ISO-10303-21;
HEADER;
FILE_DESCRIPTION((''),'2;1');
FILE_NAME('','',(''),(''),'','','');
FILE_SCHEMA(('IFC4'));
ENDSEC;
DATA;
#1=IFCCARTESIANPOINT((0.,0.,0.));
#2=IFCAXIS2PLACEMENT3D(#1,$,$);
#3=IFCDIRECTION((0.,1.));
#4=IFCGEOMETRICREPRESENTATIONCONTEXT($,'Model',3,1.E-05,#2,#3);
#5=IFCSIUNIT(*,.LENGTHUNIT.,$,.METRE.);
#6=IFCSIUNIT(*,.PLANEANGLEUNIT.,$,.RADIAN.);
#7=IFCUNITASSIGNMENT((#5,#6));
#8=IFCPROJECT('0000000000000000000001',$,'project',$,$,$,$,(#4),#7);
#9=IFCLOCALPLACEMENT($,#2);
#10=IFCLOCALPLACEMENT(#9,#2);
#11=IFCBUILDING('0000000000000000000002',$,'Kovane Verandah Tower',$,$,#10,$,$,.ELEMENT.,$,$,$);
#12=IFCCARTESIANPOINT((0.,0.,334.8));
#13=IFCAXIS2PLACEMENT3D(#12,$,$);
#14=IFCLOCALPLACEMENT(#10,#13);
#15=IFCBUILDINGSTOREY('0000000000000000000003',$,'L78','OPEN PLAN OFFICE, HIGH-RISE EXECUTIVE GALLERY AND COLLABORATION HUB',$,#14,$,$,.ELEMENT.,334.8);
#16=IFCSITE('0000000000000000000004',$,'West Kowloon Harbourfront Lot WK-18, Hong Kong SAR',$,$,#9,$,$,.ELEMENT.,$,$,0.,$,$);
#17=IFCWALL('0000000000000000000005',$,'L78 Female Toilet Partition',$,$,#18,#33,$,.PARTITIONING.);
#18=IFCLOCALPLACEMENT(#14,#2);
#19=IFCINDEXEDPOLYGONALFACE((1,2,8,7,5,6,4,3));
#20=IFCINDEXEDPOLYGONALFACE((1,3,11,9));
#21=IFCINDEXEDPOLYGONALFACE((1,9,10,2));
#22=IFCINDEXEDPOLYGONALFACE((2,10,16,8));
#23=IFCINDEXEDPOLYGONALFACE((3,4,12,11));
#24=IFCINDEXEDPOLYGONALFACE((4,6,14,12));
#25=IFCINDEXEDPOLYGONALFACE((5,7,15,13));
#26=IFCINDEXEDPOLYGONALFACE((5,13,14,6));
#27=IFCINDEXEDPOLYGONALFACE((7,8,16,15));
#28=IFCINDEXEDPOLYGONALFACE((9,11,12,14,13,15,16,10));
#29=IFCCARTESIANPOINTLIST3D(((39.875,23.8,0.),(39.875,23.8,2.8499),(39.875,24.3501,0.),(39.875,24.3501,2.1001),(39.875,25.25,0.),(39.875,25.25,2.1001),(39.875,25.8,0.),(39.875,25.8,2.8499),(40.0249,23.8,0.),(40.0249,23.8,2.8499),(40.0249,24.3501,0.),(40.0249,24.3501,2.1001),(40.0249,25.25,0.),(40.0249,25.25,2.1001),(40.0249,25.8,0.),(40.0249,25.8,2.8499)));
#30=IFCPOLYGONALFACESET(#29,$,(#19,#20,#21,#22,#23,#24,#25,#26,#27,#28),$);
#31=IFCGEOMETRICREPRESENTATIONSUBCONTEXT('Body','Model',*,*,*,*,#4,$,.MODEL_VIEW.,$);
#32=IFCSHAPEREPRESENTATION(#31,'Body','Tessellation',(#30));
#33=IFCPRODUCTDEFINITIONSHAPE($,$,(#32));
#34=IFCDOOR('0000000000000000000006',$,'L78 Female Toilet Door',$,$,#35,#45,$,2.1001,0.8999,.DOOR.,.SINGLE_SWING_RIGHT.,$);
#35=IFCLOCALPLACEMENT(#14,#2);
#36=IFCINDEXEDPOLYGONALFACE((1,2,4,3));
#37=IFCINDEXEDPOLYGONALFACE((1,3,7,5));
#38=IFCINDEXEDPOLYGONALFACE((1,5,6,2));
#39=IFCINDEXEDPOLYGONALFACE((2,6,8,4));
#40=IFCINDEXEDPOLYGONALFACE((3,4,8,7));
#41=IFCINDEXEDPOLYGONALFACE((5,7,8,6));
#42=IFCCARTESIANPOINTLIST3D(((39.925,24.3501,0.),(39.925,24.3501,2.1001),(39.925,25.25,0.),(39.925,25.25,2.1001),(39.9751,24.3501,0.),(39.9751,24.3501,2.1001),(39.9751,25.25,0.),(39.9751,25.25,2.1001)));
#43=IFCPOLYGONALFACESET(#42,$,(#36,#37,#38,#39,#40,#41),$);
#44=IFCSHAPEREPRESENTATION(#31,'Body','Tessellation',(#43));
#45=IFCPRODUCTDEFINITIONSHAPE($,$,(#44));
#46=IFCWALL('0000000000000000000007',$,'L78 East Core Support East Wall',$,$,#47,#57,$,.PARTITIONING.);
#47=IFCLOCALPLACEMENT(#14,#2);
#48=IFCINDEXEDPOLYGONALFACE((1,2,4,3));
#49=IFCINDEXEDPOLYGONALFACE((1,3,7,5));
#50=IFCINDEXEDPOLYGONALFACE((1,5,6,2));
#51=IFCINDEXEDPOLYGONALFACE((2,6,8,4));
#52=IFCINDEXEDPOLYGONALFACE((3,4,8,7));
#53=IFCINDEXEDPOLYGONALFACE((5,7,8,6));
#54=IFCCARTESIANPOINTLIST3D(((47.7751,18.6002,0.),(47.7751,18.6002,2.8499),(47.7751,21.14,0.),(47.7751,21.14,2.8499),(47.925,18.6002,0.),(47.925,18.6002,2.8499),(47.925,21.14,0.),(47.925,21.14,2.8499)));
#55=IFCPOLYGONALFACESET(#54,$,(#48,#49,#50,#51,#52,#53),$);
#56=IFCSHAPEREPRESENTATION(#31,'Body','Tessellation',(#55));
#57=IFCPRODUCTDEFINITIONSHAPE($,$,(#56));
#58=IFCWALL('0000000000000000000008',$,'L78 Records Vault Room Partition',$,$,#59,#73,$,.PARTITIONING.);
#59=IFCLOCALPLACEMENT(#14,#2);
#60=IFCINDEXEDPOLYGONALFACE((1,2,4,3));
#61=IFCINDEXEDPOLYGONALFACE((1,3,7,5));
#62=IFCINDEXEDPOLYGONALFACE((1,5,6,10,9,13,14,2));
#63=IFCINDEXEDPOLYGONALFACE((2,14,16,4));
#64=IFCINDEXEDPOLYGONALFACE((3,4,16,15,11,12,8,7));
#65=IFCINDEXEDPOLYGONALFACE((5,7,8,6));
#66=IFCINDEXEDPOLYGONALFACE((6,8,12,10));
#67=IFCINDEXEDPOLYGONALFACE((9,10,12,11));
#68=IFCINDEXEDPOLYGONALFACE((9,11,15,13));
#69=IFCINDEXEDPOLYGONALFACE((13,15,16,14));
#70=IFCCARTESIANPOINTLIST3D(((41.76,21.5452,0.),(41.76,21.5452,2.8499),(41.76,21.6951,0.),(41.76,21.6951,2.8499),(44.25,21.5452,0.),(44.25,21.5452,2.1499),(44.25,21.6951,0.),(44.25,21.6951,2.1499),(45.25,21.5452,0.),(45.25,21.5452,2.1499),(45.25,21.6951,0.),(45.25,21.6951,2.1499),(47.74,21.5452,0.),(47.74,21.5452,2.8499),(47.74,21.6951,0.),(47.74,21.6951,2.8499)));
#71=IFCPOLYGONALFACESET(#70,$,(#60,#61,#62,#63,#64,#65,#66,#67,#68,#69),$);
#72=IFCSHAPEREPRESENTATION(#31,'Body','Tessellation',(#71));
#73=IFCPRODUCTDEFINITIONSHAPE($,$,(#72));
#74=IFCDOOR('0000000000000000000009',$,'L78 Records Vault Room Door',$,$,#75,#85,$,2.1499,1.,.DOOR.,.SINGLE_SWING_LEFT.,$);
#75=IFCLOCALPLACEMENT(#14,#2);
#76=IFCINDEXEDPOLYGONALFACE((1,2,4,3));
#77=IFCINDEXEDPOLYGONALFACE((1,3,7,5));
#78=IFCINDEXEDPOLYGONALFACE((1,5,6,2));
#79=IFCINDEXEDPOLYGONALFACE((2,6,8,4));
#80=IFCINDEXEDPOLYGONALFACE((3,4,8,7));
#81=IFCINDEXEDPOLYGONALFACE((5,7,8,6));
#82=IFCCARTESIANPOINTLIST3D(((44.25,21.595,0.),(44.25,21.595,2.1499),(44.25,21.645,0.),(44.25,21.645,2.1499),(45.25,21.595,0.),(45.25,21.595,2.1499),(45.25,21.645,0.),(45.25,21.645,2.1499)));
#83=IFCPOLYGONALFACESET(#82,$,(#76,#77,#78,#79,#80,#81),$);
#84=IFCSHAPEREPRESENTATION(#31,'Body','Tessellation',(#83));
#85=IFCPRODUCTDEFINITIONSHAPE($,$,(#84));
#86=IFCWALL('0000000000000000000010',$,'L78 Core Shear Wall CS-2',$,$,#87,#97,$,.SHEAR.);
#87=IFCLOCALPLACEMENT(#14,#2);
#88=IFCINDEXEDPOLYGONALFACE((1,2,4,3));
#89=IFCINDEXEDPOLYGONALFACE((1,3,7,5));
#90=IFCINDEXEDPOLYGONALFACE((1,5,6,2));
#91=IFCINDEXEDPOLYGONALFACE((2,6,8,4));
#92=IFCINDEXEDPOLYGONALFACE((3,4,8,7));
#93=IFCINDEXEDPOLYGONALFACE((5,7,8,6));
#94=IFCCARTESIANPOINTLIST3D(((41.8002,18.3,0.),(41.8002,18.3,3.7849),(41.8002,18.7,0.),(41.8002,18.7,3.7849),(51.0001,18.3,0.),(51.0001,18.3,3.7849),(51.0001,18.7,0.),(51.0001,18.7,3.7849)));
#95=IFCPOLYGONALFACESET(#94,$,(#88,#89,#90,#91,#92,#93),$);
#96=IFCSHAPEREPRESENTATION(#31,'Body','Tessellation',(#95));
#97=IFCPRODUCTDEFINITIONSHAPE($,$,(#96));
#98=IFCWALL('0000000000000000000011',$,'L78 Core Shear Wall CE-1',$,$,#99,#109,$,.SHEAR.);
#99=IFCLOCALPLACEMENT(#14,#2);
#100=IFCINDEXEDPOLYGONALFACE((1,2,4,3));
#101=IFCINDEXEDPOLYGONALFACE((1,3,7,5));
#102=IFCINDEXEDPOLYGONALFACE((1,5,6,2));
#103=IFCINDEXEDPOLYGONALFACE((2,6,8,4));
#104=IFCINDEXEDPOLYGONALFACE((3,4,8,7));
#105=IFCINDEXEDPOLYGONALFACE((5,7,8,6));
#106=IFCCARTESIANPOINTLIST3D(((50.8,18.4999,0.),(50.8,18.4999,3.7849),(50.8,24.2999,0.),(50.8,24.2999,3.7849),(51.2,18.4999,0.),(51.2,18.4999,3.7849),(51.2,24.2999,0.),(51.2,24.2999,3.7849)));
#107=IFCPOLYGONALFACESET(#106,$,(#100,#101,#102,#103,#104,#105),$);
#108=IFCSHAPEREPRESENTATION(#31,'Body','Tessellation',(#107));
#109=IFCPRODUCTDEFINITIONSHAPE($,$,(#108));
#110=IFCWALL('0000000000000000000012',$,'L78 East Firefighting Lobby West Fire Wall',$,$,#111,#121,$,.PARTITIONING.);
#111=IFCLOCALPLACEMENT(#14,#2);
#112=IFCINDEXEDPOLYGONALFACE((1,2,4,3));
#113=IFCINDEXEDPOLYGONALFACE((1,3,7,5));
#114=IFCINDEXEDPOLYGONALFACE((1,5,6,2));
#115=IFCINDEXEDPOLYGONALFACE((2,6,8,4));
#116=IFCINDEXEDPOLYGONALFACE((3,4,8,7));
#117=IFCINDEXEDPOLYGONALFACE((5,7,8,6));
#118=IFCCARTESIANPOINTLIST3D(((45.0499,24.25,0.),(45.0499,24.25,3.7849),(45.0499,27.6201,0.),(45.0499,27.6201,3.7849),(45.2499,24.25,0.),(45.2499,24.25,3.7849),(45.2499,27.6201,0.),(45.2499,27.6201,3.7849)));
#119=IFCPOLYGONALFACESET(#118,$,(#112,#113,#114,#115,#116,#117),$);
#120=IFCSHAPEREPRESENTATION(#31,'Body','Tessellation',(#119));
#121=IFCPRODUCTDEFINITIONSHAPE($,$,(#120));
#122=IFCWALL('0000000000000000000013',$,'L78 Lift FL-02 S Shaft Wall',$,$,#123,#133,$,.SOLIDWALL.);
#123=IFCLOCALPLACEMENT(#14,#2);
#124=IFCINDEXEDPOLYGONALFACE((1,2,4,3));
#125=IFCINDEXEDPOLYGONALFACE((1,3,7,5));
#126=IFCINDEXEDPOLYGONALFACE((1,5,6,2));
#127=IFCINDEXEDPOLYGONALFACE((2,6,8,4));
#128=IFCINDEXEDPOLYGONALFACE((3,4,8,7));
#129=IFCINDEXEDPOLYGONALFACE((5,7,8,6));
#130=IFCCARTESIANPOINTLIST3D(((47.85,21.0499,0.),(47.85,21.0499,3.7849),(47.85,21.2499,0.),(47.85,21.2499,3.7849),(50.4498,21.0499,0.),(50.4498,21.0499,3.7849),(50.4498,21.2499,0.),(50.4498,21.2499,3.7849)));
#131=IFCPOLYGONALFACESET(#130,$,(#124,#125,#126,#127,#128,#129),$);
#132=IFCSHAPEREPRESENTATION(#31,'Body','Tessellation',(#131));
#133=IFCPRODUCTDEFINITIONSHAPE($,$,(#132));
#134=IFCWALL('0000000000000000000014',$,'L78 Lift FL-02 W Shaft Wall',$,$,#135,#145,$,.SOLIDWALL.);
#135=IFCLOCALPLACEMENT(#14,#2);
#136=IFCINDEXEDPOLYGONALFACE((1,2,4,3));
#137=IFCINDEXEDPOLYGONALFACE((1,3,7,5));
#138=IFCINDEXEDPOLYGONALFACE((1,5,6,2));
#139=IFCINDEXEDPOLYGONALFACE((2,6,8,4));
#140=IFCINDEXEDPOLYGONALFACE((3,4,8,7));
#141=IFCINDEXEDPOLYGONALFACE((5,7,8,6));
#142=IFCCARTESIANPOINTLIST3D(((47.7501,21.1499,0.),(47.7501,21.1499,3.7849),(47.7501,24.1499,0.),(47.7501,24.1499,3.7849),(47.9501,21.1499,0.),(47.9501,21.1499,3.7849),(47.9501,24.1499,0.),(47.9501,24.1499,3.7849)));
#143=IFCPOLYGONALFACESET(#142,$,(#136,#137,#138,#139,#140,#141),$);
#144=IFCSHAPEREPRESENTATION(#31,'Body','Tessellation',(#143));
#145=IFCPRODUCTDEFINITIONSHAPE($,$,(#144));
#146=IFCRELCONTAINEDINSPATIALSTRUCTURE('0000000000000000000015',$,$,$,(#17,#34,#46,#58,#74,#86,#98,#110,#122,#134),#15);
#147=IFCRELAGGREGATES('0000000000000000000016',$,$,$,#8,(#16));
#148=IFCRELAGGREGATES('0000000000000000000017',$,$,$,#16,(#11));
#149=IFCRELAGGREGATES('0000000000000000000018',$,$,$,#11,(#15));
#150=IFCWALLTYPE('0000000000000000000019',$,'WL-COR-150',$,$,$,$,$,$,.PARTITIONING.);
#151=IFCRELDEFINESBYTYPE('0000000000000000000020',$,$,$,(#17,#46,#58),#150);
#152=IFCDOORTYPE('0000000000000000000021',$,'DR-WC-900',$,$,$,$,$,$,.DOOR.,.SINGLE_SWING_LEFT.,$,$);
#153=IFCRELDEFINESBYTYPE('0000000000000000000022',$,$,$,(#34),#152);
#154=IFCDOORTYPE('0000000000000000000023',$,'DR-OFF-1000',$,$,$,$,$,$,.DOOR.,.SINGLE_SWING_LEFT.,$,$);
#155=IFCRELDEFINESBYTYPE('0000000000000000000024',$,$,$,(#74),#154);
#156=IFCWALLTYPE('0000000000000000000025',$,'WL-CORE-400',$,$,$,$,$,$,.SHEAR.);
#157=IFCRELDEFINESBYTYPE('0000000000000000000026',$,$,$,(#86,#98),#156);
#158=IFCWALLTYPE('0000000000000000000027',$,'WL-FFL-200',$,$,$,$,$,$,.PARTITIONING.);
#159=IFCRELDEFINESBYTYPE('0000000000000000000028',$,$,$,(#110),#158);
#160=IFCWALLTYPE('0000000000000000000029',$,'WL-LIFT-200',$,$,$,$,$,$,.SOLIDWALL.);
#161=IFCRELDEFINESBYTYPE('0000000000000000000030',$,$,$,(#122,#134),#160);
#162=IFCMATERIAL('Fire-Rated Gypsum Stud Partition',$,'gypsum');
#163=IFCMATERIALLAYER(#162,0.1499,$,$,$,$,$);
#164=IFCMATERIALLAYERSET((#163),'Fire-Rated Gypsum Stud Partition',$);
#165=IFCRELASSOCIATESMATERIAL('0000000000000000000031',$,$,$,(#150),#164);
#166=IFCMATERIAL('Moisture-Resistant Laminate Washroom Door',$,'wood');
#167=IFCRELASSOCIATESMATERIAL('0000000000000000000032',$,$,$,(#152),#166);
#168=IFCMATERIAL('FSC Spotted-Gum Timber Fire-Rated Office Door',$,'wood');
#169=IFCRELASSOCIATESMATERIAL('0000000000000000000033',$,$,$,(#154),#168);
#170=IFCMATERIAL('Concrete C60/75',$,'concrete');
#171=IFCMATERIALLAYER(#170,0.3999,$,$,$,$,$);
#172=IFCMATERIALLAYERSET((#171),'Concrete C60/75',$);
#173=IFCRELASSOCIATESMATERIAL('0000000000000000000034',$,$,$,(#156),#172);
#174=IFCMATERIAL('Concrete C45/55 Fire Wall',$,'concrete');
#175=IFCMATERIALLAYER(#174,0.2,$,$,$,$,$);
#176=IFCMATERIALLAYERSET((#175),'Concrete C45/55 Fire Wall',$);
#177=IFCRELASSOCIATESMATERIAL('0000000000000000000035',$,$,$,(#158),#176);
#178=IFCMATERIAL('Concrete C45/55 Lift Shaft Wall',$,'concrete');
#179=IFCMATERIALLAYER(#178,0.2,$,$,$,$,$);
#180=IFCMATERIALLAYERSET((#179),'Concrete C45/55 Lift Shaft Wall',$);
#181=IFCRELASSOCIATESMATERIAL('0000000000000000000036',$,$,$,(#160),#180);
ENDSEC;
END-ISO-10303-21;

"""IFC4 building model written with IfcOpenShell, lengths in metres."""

from ifc_helpers import new_model, si_unit, direction, frame, frame_2d, origin, place, context, subcontext, project, spatial, rectangle, extrude, material, layer, layer_set, type_object, element, fill, save


model = new_model("IFC4")

# Units and contexts
model_context = context("Model", 3, precision=1e-05, world=origin(), true_north=direction((0.0, 1.0)))
body_context = subcontext(model_context, "Body", "Model", "MODEL_VIEW")
ifc_project = project(units=[si_unit("LENGTHUNIT", "METRE"), si_unit("PLANEANGLEUNIT", "RADIAN")], contexts=[model_context])

# Site, building, storey
site_placement = place(None, origin())
site = spatial("IfcSite", under=ifc_project, at=site_placement, Name="West Kowloon Harbourfront Lot WK-18, Hong Kong SAR", CompositionType="ELEMENT", RefElevation=0.0)
building_placement = place(site_placement, origin())
building = spatial("IfcBuilding", under=site, at=building_placement, Name="Kovane Verandah Tower", CompositionType="ELEMENT")
storey_placement = place(building_placement, frame((0.0, 0.0, 334.8)))
storey = spatial("IfcBuildingStorey", under=building, at=storey_placement, Name="L78", Description="OPEN PLAN OFFICE, HIGH-RISE EXECUTIVE GALLERY AND COLLABORATION HUB", CompositionType="ELEMENT", Elevation=334.8)

# Shared definitions
ifc_material_1 = material(Name="Concrete C60/75", Category="concrete")

# Shared definitions
ifc_material_2 = material(Name="Fire-Rated Gypsum Stud Partition", Category="gypsum")
ifc_layer_1 = layer(ifc_material_2, 0.1499)
ifc_layer_set_1 = layer_set([ifc_layer_1], Name="Fire-Rated Gypsum Stud Partition")
wall_type_1 = type_object("IfcWallType", Name="WL-COR-150", PredefinedType="PARTITIONING", material=ifc_layer_set_1)

# Wall, opening, door
ifc_material_3 = material(Name="Moisture-Resistant Laminate Washroom Door", Category="wood")
door_type_1 = type_object("IfcDoorType", Name="DR-WC-900", OperationType="SINGLE_SWING_LEFT", PredefinedType="DOOR", material=ifc_material_3)
wall_1_placement = place(storey_placement, frame((39.95, 23.8, 0.0), z_axis=(0.0, 0.0, 1.0), x_axis=(0.0, 1.0, 0.0)))
wall_1 = element("IfcWall", 1, at=wall_1_placement, inside=storey, type_object=wall_type_1, Name="L78 Female Toilet Partition", PredefinedType="PARTITIONING", context=body_context, shape_type="SweptSolid", body=[
    extrude(rectangle(XDim=2.0, YDim=0.1499, at=frame_2d((1.0, 0.0))), origin(), (0.0, 0.0, 1.0), 2.8499),
])
opening_1_placement = place(wall_1_placement, frame((0.55, 0.0, 0.0)))
opening_1 = element("IfcOpeningElement", 2, at=opening_1_placement, cuts=wall_1, PredefinedType="OPENING", context=body_context, shape_type="SweptSolid", body=[
    extrude(rectangle(XDim=0.8999, YDim=2.1001, at=frame_2d((0.45, 1.05))), frame((0.0, 0.075, 0.0), z_axis=(0.0, -1.0, 0.0), x_axis=(1.0, 0.0, 0.0)), (0.0, 0.0, 1.0), 0.1499),
])
door_1_placement = place(opening_1_placement, origin())
door_1 = element("IfcDoor", 3, at=door_1_placement, inside=storey, type_object=door_type_1, Name="L78 Female Toilet Door", OperationType="SINGLE_SWING_RIGHT", OverallHeight=2.1001, OverallWidth=0.8999, PredefinedType="DOOR", context=body_context, shape_type="SweptSolid", body=[
    extrude(rectangle(XDim=0.8999, YDim=2.1001, at=frame_2d((0.45, 1.05))), frame((0.0, 0.0249, 0.0), z_axis=(0.0, -1.0, 0.0), x_axis=(1.0, 0.0, 0.0)), (0.0, 0.0, 1.0), 0.05),
])
fill(opening_1, door_1)

# Wall
wall_2_placement = place(storey_placement, frame((47.8501, 18.6001, 0.0), z_axis=(0.0, 0.0, 1.0), x_axis=(0.0, 1.0, 0.0)))
element("IfcWall", 4, at=wall_2_placement, inside=storey, type_object=wall_type_1, Name="L78 East Core Support East Wall", PredefinedType="PARTITIONING", context=body_context, shape_type="SweptSolid", body=[
    extrude(rectangle(XDim=2.5398, YDim=0.1499, at=frame_2d((1.27, 0.0))), origin(), (0.0, 0.0, 1.0), 2.8499),
])

# Wall, opening, door
wall_3_placement = place(storey_placement, frame((41.76, 21.6201, 0.0), z_axis=(0.0, 0.0, 1.0), x_axis=(1.0, 0.0, 0.0)))
wall_3 = element("IfcWall", 5, at=wall_3_placement, inside=storey, type_object=wall_type_1, Name="L78 Records Vault Room Partition", PredefinedType="PARTITIONING", context=body_context, shape_type="SweptSolid", body=[
    extrude(rectangle(XDim=5.98, YDim=0.1499, at=frame_2d((2.99, 0.0))), origin(), (0.0, 0.0, 1.0), 2.8499),
])
opening_2_placement = place(wall_3_placement, frame((2.49, 0.0, 0.0)))
opening_2 = element("IfcOpeningElement", 6, at=opening_2_placement, cuts=wall_3, PredefinedType="OPENING", context=body_context, shape_type="SweptSolid", body=[
    extrude(rectangle(XDim=1.0, YDim=2.1499, at=frame_2d((0.5, 1.075))), frame((0.0, 0.075, 0.0), z_axis=(0.0, -1.0, 0.0), x_axis=(1.0, 0.0, 0.0)), (0.0, 0.0, 1.0), 0.1499),
])
ifc_material_4 = material(Name="FSC Spotted-Gum Timber Fire-Rated Office Door", Category="wood")
door_type_2 = type_object("IfcDoorType", Name="DR-OFF-1000", OperationType="SINGLE_SWING_LEFT", PredefinedType="DOOR", material=ifc_material_4)
door_2_placement = place(opening_2_placement, origin())
door_2 = element("IfcDoor", 7, at=door_2_placement, inside=storey, type_object=door_type_2, Name="L78 Records Vault Room Door", OperationType="SINGLE_SWING_LEFT", OverallHeight=2.1499, OverallWidth=1.0, PredefinedType="DOOR", context=body_context, shape_type="SweptSolid", body=[
    extrude(rectangle(XDim=1.0, YDim=2.1499, at=frame_2d((0.5, 1.075))), frame((0.0, 0.0249, 0.0), z_axis=(0.0, -1.0, 0.0), x_axis=(1.0, 0.0, 0.0)), (0.0, 0.0, 1.0), 0.05),
])
fill(opening_2, door_2)

# Walls
ifc_layer_2 = layer(ifc_material_1, 0.3999)
ifc_layer_set_2 = layer_set([ifc_layer_2], Name="Concrete C60/75")
wall_type_2 = type_object("IfcWallType", Name="WL-CORE-400", PredefinedType="SHEAR", material=ifc_layer_set_2)
wall_4_placement = place(storey_placement, frame((41.8, 18.5, 0.0), z_axis=(0.0, 0.0, 1.0), x_axis=(1.0, 0.0, 0.0)))
element("IfcWall", 8, at=wall_4_placement, inside=storey, type_object=wall_type_2, Name="L78 Core Shear Wall CS-2", PredefinedType="SHEAR", context=body_context, shape_type="SweptSolid", body=[
    extrude(rectangle(XDim=9.2, YDim=0.3999, at=frame_2d((4.6001, 0.0))), origin(), (0.0, 0.0, 1.0), 3.7849),
])
wall_5_placement = place(storey_placement, frame((51.0, 18.5, 0.0), z_axis=(0.0, 0.0, 1.0), x_axis=(0.0, 1.0, 0.0)))
element("IfcWall", 9, at=wall_5_placement, inside=storey, type_object=wall_type_2, Name="L78 Core Shear Wall CE-1", PredefinedType="SHEAR", context=body_context, shape_type="SweptSolid", body=[
    extrude(rectangle(XDim=5.8, YDim=0.3999, at=frame_2d((2.8999, 0.0))), origin(), (0.0, 0.0, 1.0), 3.7849),
])
ifc_material_5 = material(Name="Concrete C45/55 Fire Wall", Category="concrete")
ifc_layer_3 = layer(ifc_material_5, 0.2)
ifc_layer_set_3 = layer_set([ifc_layer_3], Name="Concrete C45/55 Fire Wall")
wall_type_3 = type_object("IfcWallType", Name="WL-FFL-200", PredefinedType="PARTITIONING", material=ifc_layer_set_3)
wall_6_placement = place(storey_placement, frame((45.1499, 24.25, 0.0), z_axis=(0.0, 0.0, 1.0), x_axis=(0.0, 1.0, 0.0)))
element("IfcWall", 10, at=wall_6_placement, inside=storey, type_object=wall_type_3, Name="L78 East Firefighting Lobby West Fire Wall", PredefinedType="PARTITIONING", context=body_context, shape_type="SweptSolid", body=[
    extrude(rectangle(XDim=3.3701, YDim=0.2, at=frame_2d((1.6851, 0.0))), origin(), (0.0, 0.0, 1.0), 3.7849),
])

# Wall
ifc_material_6 = material(Name="Concrete C45/55 Lift Shaft Wall", Category="concrete")
ifc_layer_4 = layer(ifc_material_6, 0.2)
ifc_layer_set_4 = layer_set([ifc_layer_4], Name="Concrete C45/55 Lift Shaft Wall")
wall_type_4 = type_object("IfcWallType", Name="WL-LIFT-200", PredefinedType="SOLIDWALL", material=ifc_layer_set_4)
wall_7_placement = place(storey_placement, frame((47.8501, 21.1499, 0.0), z_axis=(0.0, 0.0, 1.0), x_axis=(1.0, 0.0, 0.0)))
element("IfcWall", 11, at=wall_7_placement, inside=storey, type_object=wall_type_4, Name="L78 Lift FL-02 S Shaft Wall", PredefinedType="SOLIDWALL", context=body_context, shape_type="SweptSolid", body=[
    extrude(rectangle(XDim=2.5999, YDim=0.2, at=frame_2d((1.2998, 0.0))), origin(), (0.0, 0.0, 1.0), 3.7849),
])

# Wall
wall_8_placement = place(storey_placement, frame((47.8501, 24.1499, 0.0), z_axis=(0.0, 0.0, 1.0), x_axis=(0.0, -1.0, 0.0)))
element("IfcWall", 12, at=wall_8_placement, inside=storey, type_object=wall_type_4, Name="L78 Lift FL-02 W Shaft Wall", PredefinedType="SOLIDWALL", context=body_context, shape_type="SweptSolid", body=[
    extrude(rectangle(XDim=3.0, YDim=0.2, at=frame_2d((1.5, 0.0))), origin(), (0.0, 0.0, 1.0), 3.7849),
])

save(model, "model.ifc")
